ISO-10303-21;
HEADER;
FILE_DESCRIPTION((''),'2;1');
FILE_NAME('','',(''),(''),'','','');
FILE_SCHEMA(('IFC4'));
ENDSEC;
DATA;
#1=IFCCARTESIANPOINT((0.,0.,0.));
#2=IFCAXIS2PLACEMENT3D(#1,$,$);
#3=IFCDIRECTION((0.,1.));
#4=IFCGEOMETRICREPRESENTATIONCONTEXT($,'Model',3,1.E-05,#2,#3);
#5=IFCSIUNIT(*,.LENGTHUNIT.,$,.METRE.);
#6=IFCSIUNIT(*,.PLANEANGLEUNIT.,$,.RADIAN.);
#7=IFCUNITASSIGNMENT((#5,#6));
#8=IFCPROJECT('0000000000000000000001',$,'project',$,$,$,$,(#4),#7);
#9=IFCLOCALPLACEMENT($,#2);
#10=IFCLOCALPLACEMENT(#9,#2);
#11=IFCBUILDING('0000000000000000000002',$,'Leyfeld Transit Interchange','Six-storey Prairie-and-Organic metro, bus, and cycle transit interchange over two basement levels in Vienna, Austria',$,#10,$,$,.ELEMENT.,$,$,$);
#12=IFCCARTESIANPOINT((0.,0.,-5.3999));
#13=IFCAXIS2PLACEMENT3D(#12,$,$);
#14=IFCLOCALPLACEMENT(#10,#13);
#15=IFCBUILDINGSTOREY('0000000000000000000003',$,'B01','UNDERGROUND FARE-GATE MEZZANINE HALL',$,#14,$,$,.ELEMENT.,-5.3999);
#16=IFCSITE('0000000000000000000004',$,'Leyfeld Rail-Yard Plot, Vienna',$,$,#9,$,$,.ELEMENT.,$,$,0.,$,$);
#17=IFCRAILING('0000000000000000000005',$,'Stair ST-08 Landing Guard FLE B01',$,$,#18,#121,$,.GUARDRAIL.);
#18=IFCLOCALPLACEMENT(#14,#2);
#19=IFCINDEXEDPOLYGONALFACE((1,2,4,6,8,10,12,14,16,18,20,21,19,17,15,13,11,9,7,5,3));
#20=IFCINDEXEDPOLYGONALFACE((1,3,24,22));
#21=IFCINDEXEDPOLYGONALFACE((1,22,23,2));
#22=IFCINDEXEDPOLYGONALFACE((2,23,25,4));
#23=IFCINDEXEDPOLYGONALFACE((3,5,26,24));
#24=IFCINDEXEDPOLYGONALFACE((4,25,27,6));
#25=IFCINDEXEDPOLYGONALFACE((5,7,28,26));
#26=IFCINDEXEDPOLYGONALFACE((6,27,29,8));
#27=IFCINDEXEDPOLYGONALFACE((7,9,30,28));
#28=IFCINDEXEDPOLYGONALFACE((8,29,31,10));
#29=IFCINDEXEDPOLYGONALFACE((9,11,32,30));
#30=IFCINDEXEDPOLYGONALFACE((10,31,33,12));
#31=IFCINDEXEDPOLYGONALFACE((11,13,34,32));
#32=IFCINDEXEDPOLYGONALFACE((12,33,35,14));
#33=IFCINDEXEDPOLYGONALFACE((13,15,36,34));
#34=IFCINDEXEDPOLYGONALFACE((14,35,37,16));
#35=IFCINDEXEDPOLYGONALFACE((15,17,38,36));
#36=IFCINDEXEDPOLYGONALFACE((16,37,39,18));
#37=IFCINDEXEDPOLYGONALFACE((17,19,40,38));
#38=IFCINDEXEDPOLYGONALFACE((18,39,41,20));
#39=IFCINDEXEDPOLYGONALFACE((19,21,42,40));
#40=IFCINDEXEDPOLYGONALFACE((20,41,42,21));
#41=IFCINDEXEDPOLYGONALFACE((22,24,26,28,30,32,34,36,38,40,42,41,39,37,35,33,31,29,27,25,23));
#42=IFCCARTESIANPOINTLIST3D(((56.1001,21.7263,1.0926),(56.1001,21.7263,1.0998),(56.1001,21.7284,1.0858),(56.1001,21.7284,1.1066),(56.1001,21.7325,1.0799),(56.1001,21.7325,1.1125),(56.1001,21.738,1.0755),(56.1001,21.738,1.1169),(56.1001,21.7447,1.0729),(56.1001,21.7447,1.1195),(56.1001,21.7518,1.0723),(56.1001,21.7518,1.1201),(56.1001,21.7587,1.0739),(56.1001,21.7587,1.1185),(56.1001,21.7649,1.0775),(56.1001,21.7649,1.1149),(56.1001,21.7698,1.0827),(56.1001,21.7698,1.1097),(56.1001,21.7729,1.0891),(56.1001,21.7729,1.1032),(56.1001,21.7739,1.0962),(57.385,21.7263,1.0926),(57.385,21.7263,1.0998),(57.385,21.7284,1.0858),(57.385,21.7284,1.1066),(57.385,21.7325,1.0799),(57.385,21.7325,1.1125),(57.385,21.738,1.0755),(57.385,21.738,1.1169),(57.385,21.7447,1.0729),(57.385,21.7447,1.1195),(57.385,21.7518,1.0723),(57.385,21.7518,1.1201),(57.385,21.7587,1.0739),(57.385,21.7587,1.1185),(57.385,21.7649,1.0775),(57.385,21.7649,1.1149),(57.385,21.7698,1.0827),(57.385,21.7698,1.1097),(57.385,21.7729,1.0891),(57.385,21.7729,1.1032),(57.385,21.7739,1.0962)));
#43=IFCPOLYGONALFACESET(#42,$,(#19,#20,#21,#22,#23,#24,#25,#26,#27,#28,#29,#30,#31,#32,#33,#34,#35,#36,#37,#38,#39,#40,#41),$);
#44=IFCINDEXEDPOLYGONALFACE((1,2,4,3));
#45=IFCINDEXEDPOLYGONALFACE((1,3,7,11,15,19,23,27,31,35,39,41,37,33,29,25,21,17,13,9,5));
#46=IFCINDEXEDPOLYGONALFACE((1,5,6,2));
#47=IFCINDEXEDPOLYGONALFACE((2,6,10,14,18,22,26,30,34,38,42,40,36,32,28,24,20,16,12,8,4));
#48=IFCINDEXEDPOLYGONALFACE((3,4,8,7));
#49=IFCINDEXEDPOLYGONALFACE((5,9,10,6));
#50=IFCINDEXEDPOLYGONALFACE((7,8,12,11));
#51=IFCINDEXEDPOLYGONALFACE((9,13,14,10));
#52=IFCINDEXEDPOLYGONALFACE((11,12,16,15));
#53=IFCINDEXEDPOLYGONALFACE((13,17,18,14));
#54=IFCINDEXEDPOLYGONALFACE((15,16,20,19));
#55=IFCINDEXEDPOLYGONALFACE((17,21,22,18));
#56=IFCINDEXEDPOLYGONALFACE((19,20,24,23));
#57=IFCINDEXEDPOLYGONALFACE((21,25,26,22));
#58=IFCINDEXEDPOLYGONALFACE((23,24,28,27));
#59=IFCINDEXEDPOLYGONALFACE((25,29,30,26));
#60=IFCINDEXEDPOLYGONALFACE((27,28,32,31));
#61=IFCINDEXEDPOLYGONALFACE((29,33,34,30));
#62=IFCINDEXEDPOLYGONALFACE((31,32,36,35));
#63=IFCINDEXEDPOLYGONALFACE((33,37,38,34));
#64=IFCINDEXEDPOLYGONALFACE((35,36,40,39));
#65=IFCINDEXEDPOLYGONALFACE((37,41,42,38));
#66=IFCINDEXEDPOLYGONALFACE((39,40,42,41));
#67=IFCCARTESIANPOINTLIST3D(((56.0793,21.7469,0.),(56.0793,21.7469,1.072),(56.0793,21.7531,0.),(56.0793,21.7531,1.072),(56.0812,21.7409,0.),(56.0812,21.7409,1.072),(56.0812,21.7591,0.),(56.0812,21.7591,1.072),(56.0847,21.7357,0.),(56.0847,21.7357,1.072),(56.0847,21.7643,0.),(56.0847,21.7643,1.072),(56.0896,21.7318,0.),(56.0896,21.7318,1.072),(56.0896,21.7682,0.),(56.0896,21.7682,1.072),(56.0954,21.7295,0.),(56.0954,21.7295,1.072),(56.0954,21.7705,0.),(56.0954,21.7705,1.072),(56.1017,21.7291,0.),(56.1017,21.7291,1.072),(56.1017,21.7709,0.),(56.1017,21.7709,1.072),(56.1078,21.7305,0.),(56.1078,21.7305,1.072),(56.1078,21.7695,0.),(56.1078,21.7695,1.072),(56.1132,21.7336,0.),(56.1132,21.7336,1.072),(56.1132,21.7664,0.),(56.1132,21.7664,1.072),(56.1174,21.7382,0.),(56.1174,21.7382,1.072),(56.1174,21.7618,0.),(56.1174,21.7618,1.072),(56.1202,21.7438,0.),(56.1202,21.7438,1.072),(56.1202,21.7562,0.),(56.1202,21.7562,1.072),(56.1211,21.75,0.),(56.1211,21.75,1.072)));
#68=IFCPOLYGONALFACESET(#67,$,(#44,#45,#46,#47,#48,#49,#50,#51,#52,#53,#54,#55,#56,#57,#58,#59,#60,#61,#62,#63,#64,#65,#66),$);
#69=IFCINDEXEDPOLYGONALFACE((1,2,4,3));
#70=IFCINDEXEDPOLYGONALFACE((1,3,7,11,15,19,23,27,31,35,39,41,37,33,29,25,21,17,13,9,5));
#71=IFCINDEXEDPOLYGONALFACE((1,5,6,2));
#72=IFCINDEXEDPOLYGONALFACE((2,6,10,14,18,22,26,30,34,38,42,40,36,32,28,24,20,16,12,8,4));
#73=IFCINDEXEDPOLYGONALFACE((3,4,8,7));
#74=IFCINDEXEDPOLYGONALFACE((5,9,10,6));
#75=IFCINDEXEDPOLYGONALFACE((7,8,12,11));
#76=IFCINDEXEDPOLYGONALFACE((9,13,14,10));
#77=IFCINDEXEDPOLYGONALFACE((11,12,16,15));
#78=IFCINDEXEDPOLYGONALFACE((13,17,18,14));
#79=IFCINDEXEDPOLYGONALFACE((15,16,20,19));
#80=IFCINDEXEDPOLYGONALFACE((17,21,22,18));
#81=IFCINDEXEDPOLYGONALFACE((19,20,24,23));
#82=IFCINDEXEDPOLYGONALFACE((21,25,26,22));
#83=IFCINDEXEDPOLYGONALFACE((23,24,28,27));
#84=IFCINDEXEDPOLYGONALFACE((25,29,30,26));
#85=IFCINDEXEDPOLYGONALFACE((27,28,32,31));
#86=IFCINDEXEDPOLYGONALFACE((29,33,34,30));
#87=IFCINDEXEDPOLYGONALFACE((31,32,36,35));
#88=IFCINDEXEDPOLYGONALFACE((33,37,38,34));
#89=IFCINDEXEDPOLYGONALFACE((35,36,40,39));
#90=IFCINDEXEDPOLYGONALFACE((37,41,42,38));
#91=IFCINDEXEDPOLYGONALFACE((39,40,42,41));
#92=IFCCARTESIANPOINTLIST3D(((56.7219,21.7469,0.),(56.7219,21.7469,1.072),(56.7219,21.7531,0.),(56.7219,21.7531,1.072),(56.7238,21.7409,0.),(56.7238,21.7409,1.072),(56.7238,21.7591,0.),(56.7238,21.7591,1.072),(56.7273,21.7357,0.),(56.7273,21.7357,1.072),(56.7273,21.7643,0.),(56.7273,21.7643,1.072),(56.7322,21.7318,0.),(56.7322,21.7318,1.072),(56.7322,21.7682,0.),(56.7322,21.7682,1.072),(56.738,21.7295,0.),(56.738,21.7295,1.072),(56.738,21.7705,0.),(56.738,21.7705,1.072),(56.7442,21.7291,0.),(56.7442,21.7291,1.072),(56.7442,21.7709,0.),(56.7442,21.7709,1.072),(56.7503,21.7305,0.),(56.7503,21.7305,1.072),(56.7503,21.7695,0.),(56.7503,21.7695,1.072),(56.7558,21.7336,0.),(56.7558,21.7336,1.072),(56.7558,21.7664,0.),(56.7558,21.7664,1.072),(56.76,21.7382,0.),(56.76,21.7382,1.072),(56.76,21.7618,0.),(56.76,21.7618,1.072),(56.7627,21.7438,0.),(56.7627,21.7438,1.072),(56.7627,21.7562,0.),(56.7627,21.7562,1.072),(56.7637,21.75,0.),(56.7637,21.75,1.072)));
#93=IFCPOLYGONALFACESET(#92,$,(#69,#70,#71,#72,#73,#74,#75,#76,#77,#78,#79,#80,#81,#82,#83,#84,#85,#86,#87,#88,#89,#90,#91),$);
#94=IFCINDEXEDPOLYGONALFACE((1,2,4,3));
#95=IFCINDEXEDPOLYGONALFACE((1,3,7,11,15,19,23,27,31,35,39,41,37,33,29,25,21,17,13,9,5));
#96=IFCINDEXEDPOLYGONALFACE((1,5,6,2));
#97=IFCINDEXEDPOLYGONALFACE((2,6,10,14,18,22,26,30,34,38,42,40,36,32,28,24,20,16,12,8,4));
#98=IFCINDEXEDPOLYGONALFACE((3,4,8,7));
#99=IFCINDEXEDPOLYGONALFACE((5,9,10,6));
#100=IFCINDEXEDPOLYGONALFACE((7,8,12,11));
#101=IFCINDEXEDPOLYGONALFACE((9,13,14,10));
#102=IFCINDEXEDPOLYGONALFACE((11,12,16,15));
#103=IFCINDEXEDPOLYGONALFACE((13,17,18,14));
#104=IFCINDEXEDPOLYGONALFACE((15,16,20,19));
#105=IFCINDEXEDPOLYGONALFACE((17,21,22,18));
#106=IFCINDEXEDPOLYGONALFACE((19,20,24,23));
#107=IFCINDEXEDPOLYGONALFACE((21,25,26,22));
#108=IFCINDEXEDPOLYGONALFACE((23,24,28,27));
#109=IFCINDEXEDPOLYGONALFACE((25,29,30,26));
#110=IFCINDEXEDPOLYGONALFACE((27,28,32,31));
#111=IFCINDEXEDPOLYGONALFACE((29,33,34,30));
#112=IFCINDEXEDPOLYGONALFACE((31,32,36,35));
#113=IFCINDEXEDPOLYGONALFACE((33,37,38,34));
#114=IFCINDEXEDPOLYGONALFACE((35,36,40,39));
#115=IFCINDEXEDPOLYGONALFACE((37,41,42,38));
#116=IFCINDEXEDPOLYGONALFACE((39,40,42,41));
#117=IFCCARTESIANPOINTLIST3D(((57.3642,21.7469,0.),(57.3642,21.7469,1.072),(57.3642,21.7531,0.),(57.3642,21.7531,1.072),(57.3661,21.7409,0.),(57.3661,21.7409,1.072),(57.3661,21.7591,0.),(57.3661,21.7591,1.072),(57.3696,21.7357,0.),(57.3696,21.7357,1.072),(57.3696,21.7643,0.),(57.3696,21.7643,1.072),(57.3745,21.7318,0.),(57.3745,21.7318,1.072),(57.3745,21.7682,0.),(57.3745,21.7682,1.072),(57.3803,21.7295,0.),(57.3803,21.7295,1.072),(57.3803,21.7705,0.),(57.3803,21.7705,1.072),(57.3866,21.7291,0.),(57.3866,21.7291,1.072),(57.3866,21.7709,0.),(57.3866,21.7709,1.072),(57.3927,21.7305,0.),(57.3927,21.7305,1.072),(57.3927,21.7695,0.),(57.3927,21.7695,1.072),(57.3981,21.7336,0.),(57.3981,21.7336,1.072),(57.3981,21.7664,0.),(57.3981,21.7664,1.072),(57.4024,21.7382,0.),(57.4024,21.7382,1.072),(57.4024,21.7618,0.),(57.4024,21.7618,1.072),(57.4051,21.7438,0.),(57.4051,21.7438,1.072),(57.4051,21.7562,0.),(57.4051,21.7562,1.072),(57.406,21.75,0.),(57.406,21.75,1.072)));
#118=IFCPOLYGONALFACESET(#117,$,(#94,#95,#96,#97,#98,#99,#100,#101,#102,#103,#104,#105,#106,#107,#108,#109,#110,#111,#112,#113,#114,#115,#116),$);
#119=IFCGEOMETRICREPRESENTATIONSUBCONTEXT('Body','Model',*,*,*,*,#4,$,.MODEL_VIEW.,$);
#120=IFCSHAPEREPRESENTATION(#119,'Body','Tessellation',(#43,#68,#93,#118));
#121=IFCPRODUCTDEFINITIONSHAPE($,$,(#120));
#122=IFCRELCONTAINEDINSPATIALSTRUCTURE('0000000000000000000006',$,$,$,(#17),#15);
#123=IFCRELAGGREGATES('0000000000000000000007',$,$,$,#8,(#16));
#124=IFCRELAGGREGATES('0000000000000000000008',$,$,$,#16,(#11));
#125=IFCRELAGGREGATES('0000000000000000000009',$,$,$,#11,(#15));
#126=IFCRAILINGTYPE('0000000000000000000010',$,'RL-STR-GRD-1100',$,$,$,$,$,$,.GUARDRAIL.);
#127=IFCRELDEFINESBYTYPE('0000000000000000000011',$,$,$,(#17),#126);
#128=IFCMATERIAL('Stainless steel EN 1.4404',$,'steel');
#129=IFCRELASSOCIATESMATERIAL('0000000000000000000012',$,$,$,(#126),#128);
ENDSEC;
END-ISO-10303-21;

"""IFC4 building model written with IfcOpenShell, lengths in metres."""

from ifc_helpers import new_model, si_unit, direction, frame, origin, origin_2d, place, context, subcontext, project, spatial, circle, extrude, material, type_object, element, save


model = new_model("IFC4")

# Units and contexts
model_context = context("Model", 3, precision=1e-05, world=origin(), true_north=direction((0.0, 1.0)))
body_context = subcontext(model_context, "Body", "Model", "MODEL_VIEW")
ifc_project = project(units=[si_unit("LENGTHUNIT", "METRE"), si_unit("PLANEANGLEUNIT", "RADIAN")], contexts=[model_context])

# Site, building, storey
site_placement = place(None, origin())
site = spatial("IfcSite", under=ifc_project, at=site_placement, Name="Leyfeld Rail-Yard Plot, Vienna", CompositionType="ELEMENT", RefElevation=0.0)
building_placement = place(site_placement, origin())
building = spatial("IfcBuilding", under=site, at=building_placement, Name="Leyfeld Transit Interchange", Description="Six-storey Prairie-and-Organic metro, bus, and cycle transit interchange over two basement levels in Vienna, Austria", CompositionType="ELEMENT")
storey_placement = place(building_placement, frame((0.0, 0.0, -5.3999)))
storey = spatial("IfcBuildingStorey", under=building, at=storey_placement, Name="B01", Description="UNDERGROUND FARE-GATE MEZZANINE HALL", CompositionType="ELEMENT", Elevation=-5.3999)

# Railing
ifc_material_1 = material(Name="Stainless steel EN 1.4404", Category="steel")
railing_type_1 = type_object("IfcRailingType", Name="RL-STR-GRD-1100", PredefinedType="GUARDRAIL", material=ifc_material_1)
railing_1_placement = place(storey_placement, frame((56.1001, 21.75, 0.0)))
element("IfcRailing", 1, at=railing_1_placement, inside=storey, type_object=railing_type_1, Name="Stair ST-08 Landing Guard FLE B01", PredefinedType="GUARDRAIL", context=body_context, shape_type="SweptSolid", body=[
    extrude(circle(Radius=0.0239, at=origin_2d()), frame((0.0, 0.0, 1.0962), z_axis=(1.0, 0.0, 0.0), x_axis=(0.0, 1.0, 0.0)), (0.0, 0.0, 1.0), 1.2849),
    extrude(circle(Radius=0.021, at=origin_2d()), origin(), (0.0, 0.0, 1.0), 1.072),
    extrude(circle(Radius=0.021, at=origin_2d()), frame((0.6426, 0.0, 0.0)), (0.0, 0.0, 1.0), 1.072),
    extrude(circle(Radius=0.021, at=origin_2d()), frame((1.2849, 0.0, 0.0)), (0.0, 0.0, 1.0), 1.072),
])

save(model, "model.ifc")
